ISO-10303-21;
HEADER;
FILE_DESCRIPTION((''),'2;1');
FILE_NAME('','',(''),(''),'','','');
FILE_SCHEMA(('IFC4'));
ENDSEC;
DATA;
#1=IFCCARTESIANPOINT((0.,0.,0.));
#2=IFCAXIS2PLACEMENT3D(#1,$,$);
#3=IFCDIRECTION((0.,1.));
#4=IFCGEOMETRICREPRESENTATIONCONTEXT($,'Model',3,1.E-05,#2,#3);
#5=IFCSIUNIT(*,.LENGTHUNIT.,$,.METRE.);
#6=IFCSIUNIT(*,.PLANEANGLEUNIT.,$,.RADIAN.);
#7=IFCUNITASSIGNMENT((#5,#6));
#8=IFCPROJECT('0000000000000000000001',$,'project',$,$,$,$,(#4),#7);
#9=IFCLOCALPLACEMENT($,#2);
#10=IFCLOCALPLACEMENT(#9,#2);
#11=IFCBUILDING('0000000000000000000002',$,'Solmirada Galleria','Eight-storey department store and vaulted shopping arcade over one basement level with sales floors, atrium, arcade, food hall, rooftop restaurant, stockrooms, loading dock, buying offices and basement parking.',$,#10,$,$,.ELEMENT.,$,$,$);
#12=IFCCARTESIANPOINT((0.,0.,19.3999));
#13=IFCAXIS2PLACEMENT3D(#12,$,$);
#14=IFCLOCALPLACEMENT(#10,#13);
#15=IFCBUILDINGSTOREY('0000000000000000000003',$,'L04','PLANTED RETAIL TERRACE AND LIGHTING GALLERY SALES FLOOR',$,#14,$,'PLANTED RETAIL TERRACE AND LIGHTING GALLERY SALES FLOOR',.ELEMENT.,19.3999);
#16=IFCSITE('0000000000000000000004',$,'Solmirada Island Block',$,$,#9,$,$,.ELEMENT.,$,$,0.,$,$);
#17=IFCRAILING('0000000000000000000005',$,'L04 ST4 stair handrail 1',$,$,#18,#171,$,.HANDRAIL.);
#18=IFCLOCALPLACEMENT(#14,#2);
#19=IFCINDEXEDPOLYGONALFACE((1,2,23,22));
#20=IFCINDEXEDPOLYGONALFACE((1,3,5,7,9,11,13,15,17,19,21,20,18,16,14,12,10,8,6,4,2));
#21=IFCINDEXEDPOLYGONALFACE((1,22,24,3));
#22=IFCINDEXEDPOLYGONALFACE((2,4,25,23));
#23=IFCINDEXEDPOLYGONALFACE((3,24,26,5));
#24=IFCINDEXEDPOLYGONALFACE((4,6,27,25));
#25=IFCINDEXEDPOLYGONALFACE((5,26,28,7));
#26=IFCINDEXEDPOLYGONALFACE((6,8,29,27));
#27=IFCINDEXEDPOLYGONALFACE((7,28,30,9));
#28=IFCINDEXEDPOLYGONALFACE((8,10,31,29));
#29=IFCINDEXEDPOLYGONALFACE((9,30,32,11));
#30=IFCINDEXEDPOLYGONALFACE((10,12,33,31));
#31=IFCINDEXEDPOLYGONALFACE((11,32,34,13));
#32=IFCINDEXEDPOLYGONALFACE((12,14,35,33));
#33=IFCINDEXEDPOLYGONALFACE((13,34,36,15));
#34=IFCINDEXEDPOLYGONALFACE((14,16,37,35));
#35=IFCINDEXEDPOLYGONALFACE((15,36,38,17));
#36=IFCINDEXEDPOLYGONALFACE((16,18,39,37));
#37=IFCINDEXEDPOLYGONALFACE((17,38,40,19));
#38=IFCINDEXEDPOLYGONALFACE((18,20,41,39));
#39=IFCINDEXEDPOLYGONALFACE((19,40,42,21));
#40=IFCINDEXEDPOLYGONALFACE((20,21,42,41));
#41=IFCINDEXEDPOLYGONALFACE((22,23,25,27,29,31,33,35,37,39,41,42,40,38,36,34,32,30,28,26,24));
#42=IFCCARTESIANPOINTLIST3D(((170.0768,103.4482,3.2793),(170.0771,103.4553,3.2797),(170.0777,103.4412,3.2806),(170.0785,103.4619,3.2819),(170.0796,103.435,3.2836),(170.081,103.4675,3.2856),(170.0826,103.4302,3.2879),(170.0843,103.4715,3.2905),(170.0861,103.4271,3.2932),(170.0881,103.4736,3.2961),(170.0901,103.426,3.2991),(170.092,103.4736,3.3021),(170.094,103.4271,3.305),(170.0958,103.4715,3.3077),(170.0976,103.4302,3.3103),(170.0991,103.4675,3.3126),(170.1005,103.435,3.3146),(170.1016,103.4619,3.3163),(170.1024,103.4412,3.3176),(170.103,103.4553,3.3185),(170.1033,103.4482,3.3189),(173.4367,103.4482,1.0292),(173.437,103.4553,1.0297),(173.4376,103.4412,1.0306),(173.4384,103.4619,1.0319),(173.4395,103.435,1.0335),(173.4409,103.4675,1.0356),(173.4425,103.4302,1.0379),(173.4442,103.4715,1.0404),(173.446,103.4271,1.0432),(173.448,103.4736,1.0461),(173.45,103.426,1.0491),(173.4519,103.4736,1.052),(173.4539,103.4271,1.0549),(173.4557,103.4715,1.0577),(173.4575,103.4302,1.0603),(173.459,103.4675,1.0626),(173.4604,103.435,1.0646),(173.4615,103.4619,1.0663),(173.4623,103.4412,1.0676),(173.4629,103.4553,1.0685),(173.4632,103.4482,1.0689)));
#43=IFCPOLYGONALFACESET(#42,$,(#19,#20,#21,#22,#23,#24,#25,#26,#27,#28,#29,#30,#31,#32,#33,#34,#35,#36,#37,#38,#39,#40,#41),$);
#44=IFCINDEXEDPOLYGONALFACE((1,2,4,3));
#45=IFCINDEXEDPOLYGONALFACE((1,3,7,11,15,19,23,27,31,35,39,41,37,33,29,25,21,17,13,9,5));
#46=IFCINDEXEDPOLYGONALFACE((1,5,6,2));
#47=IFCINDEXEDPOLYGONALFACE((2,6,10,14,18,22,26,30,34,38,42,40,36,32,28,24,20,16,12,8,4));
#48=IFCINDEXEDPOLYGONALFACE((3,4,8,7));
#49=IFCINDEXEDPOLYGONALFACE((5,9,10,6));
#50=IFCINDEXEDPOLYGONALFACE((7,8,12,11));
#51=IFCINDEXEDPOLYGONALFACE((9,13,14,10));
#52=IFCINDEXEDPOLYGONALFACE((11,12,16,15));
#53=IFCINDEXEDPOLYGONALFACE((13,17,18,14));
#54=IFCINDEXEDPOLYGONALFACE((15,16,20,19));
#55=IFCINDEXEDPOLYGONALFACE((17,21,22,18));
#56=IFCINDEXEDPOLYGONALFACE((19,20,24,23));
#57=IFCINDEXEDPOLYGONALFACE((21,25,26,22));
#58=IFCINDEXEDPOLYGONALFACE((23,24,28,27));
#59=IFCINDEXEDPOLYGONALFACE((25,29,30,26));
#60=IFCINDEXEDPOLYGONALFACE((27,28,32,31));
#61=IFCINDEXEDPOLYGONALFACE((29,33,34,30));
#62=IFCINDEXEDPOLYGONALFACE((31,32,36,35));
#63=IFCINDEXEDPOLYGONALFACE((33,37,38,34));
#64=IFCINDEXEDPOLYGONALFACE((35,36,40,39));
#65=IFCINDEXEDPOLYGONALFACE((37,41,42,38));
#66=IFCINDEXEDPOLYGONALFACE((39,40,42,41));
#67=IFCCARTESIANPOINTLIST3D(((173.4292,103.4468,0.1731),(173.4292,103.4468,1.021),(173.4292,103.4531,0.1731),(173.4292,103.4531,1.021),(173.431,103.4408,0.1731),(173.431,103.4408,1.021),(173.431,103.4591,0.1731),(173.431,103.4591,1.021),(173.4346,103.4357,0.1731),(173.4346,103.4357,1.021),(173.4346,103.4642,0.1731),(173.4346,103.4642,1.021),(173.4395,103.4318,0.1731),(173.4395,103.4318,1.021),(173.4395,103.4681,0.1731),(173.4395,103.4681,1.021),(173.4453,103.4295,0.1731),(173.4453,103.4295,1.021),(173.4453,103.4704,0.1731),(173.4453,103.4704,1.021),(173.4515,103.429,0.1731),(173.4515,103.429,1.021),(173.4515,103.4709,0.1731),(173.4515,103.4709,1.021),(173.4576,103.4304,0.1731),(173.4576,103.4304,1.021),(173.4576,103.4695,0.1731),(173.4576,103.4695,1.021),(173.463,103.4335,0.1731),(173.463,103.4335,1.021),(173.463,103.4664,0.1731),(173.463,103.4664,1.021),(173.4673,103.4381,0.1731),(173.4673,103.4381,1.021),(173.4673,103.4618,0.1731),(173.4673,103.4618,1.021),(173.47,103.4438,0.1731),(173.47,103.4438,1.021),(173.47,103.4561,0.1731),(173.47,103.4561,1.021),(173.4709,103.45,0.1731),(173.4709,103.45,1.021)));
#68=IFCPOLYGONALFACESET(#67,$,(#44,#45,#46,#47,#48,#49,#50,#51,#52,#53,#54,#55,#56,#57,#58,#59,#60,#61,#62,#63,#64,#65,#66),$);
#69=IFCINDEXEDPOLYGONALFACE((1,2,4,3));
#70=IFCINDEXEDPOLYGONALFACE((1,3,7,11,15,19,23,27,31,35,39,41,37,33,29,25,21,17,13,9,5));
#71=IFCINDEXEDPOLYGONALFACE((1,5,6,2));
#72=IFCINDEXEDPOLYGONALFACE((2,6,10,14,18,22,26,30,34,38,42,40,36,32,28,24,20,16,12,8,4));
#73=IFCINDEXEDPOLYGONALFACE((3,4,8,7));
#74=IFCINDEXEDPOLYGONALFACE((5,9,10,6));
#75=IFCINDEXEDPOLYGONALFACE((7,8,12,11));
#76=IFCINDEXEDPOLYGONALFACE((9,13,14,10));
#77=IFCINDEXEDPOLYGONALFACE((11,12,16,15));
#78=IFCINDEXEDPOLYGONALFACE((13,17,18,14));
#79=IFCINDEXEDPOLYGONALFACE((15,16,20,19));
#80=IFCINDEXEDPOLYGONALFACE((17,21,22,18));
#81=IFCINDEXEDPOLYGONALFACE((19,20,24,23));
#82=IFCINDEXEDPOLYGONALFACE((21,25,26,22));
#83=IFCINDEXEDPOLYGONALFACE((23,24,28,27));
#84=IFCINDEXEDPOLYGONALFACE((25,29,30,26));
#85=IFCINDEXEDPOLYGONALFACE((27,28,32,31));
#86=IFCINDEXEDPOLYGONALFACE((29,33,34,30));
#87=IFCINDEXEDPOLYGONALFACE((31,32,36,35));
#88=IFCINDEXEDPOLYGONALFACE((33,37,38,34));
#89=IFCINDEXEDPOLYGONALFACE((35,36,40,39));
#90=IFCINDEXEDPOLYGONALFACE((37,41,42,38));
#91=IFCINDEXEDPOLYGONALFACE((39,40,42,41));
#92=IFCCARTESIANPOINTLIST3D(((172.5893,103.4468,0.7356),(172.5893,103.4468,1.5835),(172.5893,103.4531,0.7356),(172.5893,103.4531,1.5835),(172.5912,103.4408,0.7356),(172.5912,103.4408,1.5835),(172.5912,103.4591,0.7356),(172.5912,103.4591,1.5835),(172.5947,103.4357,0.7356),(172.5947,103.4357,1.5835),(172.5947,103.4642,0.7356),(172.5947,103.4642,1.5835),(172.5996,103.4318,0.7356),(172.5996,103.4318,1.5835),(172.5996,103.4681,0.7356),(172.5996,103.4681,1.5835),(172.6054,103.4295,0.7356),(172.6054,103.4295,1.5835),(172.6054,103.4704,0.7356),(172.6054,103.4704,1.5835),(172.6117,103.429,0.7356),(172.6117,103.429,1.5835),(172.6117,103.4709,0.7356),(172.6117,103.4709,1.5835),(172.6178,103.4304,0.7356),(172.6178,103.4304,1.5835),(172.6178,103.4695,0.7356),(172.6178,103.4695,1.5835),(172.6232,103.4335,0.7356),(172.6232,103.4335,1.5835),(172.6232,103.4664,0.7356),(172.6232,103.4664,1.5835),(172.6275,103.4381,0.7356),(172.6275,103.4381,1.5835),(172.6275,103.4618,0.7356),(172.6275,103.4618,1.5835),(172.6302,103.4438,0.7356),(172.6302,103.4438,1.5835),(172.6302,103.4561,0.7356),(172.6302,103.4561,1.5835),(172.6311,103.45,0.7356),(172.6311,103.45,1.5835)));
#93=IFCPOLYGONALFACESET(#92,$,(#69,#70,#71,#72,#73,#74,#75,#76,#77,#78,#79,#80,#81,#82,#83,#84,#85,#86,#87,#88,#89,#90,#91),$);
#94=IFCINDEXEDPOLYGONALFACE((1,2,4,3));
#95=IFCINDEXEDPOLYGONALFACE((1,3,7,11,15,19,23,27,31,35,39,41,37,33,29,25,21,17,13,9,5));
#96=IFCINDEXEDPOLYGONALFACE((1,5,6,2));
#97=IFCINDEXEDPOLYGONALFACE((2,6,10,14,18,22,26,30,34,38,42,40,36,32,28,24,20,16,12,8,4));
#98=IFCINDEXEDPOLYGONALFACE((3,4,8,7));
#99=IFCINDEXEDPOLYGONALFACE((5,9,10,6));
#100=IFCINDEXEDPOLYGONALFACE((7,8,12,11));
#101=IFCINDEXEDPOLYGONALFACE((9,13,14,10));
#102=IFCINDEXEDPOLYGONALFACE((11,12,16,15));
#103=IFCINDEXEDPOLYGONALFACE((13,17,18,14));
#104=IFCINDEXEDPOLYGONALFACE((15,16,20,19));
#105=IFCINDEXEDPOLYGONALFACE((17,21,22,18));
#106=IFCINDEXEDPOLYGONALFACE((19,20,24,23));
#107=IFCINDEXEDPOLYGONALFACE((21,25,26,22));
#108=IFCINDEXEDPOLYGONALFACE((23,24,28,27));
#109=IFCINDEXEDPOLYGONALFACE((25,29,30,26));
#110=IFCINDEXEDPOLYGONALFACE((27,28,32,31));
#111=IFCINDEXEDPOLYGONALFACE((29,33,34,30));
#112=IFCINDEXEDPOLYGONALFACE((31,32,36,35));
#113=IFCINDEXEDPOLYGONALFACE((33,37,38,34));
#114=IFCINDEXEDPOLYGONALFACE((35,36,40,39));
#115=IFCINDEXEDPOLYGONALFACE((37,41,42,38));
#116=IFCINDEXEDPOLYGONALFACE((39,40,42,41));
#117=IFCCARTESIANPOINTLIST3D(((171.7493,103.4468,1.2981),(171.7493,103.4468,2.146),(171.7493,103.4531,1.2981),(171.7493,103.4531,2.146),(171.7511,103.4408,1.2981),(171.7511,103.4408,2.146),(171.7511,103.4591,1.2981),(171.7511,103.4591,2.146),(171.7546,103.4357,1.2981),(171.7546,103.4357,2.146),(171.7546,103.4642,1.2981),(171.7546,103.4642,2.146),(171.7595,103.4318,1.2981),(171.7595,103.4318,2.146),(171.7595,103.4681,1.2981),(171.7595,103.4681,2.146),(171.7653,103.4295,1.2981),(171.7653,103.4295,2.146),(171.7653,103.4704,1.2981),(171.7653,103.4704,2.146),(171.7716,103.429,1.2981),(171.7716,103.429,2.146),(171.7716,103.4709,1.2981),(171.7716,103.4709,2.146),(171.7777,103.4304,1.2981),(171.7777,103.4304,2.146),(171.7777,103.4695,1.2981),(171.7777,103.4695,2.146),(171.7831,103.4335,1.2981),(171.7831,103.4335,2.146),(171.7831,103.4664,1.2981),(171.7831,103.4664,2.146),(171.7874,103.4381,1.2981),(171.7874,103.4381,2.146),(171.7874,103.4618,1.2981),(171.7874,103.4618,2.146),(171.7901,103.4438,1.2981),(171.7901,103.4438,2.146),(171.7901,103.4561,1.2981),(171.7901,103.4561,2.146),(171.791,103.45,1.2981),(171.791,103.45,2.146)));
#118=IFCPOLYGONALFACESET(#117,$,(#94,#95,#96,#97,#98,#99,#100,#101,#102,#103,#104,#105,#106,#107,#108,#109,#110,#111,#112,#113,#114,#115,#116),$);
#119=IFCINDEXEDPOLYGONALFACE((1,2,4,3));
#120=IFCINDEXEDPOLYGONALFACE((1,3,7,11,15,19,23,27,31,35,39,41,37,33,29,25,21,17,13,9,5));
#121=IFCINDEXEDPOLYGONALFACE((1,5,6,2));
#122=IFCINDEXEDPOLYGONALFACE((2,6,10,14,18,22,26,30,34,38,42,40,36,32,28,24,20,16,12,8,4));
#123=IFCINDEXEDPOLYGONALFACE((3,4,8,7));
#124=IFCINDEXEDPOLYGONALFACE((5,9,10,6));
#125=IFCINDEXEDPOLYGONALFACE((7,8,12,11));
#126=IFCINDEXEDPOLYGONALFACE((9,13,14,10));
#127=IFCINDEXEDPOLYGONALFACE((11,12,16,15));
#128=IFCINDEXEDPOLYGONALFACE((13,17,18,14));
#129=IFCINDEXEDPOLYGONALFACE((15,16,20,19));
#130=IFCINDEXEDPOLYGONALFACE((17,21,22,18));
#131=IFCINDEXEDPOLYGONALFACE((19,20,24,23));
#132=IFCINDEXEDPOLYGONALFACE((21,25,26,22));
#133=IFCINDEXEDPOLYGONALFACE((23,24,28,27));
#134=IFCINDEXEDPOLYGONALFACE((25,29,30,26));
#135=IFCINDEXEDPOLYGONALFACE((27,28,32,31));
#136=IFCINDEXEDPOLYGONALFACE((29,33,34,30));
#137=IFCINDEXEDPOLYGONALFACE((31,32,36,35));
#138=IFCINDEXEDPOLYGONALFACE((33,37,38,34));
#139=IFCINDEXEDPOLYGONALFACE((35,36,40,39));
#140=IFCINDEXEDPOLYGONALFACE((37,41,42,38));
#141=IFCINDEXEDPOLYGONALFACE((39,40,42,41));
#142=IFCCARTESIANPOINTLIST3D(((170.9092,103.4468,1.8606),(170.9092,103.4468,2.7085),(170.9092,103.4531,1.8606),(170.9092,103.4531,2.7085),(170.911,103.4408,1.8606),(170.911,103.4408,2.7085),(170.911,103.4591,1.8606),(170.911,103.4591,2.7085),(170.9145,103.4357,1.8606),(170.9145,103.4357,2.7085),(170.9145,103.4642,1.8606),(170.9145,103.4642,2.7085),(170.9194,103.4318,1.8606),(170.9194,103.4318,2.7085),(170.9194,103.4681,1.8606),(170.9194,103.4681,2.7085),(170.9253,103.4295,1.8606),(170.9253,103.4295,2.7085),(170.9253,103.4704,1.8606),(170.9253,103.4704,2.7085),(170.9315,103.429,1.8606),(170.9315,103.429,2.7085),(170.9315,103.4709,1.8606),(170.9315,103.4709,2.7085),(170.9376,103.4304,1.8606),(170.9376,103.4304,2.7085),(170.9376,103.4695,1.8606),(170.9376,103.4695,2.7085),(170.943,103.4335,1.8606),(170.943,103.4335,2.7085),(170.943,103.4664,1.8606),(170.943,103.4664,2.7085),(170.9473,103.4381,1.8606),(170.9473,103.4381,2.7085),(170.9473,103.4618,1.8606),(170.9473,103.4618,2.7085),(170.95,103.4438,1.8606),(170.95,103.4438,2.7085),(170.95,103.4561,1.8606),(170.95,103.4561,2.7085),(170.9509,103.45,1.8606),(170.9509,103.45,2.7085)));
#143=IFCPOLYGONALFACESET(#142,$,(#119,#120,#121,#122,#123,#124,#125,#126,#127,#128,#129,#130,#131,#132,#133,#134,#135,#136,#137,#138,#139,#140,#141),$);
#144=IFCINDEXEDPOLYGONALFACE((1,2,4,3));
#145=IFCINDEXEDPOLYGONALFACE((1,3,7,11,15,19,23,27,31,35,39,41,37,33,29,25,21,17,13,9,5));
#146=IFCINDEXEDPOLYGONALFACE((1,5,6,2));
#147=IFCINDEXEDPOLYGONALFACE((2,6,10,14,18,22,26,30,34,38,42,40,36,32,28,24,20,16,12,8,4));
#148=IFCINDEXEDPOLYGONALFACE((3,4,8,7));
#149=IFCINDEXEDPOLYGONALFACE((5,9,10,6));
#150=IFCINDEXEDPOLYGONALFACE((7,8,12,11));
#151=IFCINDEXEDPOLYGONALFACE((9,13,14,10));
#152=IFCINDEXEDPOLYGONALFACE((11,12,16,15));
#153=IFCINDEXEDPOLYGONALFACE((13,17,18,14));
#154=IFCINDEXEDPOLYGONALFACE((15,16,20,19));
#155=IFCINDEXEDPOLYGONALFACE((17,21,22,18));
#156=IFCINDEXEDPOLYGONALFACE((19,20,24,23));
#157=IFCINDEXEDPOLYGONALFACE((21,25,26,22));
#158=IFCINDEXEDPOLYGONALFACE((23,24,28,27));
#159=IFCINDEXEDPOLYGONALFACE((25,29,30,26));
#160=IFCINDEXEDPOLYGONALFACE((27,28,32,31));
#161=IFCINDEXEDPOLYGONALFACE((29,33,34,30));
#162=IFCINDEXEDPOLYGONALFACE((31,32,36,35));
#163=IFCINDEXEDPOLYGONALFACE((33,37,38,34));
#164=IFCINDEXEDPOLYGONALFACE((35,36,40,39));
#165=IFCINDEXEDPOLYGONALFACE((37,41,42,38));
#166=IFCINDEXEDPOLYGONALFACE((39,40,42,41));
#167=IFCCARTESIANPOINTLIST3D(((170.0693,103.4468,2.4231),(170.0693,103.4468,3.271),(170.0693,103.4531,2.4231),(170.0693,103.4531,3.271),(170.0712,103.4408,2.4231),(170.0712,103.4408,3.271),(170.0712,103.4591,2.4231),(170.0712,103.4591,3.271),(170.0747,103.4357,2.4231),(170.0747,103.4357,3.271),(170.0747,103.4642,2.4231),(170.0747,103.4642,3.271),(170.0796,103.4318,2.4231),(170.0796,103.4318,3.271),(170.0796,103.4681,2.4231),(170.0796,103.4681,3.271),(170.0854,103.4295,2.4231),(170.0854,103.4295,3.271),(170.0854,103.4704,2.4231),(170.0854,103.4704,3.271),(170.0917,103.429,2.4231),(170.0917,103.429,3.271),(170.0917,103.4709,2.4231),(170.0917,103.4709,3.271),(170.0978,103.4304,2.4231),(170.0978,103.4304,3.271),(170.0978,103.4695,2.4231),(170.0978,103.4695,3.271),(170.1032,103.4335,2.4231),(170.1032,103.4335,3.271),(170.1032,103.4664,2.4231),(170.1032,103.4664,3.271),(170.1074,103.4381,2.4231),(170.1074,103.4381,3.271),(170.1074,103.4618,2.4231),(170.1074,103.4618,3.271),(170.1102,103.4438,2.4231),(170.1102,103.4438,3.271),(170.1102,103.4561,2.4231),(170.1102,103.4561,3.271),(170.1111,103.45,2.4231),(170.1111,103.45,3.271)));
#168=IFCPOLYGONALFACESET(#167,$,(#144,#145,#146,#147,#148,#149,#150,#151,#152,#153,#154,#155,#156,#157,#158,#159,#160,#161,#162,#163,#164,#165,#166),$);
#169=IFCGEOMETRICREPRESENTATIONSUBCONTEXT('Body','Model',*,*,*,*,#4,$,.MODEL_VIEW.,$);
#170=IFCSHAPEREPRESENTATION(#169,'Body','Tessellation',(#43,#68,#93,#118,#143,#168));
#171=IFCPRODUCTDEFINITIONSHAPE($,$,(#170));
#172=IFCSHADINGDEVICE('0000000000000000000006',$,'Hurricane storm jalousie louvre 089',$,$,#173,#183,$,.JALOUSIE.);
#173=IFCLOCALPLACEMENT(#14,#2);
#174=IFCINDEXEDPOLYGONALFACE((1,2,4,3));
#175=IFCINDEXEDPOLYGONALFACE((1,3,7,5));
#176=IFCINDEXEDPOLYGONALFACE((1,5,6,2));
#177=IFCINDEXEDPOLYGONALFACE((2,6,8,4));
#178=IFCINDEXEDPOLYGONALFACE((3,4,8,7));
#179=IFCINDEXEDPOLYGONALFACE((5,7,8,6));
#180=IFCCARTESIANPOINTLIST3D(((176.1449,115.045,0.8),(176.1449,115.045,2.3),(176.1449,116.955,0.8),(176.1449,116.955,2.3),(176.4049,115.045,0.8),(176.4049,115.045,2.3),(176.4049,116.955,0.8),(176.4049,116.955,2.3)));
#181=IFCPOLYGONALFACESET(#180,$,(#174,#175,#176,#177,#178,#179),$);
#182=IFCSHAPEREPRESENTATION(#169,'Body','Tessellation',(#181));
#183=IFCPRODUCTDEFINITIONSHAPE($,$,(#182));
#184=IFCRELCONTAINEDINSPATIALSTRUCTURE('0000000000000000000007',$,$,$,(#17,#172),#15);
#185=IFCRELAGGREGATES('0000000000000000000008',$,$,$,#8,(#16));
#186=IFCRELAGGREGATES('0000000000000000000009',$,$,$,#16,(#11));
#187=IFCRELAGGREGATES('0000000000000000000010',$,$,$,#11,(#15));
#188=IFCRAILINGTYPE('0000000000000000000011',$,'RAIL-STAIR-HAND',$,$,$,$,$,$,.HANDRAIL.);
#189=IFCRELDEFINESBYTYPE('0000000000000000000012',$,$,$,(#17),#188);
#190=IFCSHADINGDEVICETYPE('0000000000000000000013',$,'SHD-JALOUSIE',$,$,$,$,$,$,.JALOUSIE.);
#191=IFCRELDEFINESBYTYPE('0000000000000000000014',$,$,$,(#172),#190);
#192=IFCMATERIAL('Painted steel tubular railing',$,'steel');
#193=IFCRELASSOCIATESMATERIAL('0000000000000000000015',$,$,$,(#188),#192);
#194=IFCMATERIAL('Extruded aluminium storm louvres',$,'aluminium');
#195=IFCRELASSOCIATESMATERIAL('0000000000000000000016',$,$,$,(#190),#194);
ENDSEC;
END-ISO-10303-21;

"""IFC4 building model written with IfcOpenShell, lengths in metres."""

from ifc_helpers import new_model, si_unit, direction, frame, origin, origin_2d, place, context, subcontext, project, spatial, rectangle, circle, extrude, material, type_object, element, save


model = new_model("IFC4")

# Units and contexts
model_context = context("Model", 3, precision=1e-05, world=origin(), true_north=direction((0.0, 1.0)))
body_context = subcontext(model_context, "Body", "Model", "MODEL_VIEW")
ifc_project = project(units=[si_unit("LENGTHUNIT", "METRE"), si_unit("PLANEANGLEUNIT", "RADIAN")], contexts=[model_context])

# Site, building, storey
site_placement = place(None, origin())
site = spatial("IfcSite", under=ifc_project, at=site_placement, Name="Solmirada Island Block", CompositionType="ELEMENT", RefElevation=0.0)
building_placement = place(site_placement, origin())
building = spatial("IfcBuilding", under=site, at=building_placement, Name="Solmirada Galleria", Description="Eight-storey department store and vaulted shopping arcade over one basement level with sales floors, atrium, arcade, food hall, rooftop restaurant, stockrooms, loading dock, buying offices and basement parking.", CompositionType="ELEMENT")
storey_placement = place(building_placement, frame((0.0, 0.0, 19.3999)))
storey = spatial("IfcBuildingStorey", under=building, at=storey_placement, Name="L04", Description="PLANTED RETAIL TERRACE AND LIGHTING GALLERY SALES FLOOR", LongName="PLANTED RETAIL TERRACE AND LIGHTING GALLERY SALES FLOOR", CompositionType="ELEMENT", Elevation=19.3999)

# Railing
ifc_material_1 = material(Name="Painted steel tubular railing", Category="steel")
railing_type_1 = type_object("IfcRailingType", Name="RAIL-STAIR-HAND", PredefinedType="HANDRAIL", material=ifc_material_1)
railing_1_placement = place(storey_placement, frame((173.45, 103.45, 0.1731)))
element("IfcRailing", 1, at=railing_1_placement, inside=storey, type_object=railing_type_1, Name="L04 ST4 stair handrail 1", PredefinedType="HANDRAIL", context=body_context, shape_type="SweptSolid", body=[
    extrude(circle(Radius=0.0239, at=origin_2d()), frame((0.0, 0.0, 0.876), z_axis=(-0.830897, 0.0, 0.556427), x_axis=(0.0, -1.0, 0.0)), (0.0, 0.0, 1.0), 4.0437),
    extrude(circle(Radius=0.021, at=origin_2d()), origin(), (0.0, 0.0, 1.0), 0.8479),
    extrude(circle(Radius=0.021, at=origin_2d()), frame((-0.8398, 0.0, 0.5625)), (0.0, 0.0, 1.0), 0.8479),
    extrude(circle(Radius=0.021, at=origin_2d()), frame((-1.6799, 0.0, 1.125)), (0.0, 0.0, 1.0), 0.8479),
    extrude(circle(Radius=0.021, at=origin_2d()), frame((-2.52, 0.0, 1.6875)), (0.0, 0.0, 1.0), 0.8479),
    extrude(circle(Radius=0.021, at=origin_2d()), frame((-3.3599, 0.0, 2.25)), (0.0, 0.0, 1.0), 0.8479),
])

# Shading device
ifc_material_2 = material(Name="Extruded aluminium storm louvres", Category="aluminium")
shading_device_type = type_object("IfcShadingDeviceType", Name="SHD-JALOUSIE", PredefinedType="JALOUSIE", material=ifc_material_2)
shading_device_placement = place(storey_placement, frame((176.2749, 116.0, 0.8), z_axis=(0.0, 0.0, 1.0), x_axis=(0.0, -1.0, 0.0)))
element("IfcShadingDevice", 2, at=shading_device_placement, inside=storey, type_object=shading_device_type, Name="Hurricane storm jalousie louvre 089", PredefinedType="JALOUSIE", context=body_context, shape_type="SweptSolid", body=[
    extrude(rectangle(XDim=1.9099, YDim=0.26, at=origin_2d()), origin(), (0.0, 0.0, 1.0), 1.5),
])

save(model, "model.ifc")
